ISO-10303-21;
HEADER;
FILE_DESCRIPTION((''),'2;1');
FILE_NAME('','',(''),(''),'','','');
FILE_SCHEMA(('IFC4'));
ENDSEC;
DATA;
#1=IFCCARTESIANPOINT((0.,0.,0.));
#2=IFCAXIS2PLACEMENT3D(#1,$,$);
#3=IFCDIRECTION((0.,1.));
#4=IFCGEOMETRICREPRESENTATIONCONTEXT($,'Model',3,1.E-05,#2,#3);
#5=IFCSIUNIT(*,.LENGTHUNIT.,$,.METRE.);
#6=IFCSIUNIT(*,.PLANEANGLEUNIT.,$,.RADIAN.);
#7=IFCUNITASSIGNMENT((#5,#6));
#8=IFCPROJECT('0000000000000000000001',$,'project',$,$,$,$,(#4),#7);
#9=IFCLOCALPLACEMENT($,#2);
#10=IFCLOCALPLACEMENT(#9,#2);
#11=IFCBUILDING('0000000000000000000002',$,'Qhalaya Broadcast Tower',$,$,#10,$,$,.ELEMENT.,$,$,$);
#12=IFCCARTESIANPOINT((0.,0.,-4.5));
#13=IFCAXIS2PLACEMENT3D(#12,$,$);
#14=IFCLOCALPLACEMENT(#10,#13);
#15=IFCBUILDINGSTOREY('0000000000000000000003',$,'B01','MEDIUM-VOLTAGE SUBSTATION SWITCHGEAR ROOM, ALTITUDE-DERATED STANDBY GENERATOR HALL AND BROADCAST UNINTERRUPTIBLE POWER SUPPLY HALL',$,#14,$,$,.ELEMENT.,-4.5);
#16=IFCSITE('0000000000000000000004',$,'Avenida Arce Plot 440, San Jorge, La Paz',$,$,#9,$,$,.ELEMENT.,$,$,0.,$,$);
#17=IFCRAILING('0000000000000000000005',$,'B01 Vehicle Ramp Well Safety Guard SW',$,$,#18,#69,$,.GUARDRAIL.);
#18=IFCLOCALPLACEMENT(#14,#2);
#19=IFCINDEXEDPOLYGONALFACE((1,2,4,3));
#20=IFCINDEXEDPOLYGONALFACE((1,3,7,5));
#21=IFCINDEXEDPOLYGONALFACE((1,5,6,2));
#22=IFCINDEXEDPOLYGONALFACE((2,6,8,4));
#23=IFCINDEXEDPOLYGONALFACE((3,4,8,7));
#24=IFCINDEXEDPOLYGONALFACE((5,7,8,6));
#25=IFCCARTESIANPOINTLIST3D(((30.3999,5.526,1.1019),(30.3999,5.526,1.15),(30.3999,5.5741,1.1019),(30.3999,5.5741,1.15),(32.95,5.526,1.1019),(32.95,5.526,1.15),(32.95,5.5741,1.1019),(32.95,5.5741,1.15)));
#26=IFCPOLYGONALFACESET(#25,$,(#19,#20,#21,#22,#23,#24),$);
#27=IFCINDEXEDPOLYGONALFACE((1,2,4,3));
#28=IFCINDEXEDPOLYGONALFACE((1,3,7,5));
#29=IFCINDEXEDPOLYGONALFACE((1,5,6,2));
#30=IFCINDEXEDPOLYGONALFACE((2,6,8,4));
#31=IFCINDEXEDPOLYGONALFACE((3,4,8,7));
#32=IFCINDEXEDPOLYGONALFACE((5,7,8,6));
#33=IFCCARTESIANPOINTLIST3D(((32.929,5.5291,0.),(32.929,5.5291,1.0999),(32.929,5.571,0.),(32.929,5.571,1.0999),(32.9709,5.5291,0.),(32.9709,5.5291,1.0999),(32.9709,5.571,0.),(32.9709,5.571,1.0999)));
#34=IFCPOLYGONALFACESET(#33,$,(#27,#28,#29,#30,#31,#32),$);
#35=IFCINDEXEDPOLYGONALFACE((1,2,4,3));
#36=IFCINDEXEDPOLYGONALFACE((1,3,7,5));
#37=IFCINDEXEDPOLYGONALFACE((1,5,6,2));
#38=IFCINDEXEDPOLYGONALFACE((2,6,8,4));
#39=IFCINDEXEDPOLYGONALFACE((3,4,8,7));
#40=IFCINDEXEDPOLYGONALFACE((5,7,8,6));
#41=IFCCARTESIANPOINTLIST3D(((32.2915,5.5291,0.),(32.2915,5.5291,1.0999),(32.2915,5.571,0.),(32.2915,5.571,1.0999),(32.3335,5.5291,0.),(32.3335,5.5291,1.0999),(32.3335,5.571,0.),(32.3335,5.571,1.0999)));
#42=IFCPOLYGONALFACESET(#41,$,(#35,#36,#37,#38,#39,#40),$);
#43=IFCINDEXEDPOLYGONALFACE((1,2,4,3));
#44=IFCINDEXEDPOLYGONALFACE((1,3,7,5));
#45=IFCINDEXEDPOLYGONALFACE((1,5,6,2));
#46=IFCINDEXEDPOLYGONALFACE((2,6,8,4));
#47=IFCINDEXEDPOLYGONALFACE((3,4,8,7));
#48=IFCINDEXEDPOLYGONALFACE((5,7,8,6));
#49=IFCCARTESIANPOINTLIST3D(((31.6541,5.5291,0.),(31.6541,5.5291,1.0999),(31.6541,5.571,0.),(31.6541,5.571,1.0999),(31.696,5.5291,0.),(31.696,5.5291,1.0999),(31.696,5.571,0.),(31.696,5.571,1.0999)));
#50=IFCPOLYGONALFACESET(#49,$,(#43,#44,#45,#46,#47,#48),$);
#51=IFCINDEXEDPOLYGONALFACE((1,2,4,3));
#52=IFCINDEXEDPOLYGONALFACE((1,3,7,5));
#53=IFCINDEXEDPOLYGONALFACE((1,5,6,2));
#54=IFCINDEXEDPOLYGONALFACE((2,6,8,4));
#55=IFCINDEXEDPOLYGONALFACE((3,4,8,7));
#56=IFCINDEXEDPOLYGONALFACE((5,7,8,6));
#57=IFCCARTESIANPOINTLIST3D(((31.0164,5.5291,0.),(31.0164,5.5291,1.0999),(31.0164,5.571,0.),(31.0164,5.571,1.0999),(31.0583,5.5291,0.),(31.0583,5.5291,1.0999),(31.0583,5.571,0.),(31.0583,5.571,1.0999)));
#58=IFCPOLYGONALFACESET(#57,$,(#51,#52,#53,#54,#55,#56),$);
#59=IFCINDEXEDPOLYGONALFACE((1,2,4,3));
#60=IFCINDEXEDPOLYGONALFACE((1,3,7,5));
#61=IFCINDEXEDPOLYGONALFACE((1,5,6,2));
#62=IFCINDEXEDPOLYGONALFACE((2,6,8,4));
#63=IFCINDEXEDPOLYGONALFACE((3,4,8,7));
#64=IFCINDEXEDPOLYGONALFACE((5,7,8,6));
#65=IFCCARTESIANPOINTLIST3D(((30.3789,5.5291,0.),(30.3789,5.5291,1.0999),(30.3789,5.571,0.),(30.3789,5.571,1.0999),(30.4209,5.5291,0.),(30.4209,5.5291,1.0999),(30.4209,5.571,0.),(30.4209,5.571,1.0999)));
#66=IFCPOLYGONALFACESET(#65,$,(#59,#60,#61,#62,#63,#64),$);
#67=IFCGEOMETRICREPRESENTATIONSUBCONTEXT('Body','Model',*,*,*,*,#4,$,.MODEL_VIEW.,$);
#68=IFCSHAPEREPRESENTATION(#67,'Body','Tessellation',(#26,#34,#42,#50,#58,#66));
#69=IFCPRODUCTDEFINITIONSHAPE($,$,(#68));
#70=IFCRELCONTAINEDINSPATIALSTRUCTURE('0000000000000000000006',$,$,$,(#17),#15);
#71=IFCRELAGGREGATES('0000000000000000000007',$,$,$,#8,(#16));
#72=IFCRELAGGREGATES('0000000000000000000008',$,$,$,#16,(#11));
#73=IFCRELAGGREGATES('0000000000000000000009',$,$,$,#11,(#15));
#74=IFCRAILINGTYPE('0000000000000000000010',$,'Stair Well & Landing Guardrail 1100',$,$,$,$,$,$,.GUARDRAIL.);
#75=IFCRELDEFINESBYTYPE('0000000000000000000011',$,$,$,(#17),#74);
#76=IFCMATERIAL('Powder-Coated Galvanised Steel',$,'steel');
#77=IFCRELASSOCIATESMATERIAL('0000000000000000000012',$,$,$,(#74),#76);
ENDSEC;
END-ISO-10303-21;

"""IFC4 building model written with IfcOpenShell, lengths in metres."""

from ifc_helpers import new_model, si_unit, direction, frame, origin, origin_2d, place, context, subcontext, project, spatial, rectangle, extrude, material, type_object, element, save


model = new_model("IFC4")

# Units and contexts
model_context = context("Model", 3, precision=1e-05, world=origin(), true_north=direction((0.0, 1.0)))
body_context = subcontext(model_context, "Body", "Model", "MODEL_VIEW")
ifc_project = project(units=[si_unit("LENGTHUNIT", "METRE"), si_unit("PLANEANGLEUNIT", "RADIAN")], contexts=[model_context])

# Site, building, storey
site_placement = place(None, origin())
site = spatial("IfcSite", under=ifc_project, at=site_placement, Name="Avenida Arce Plot 440, San Jorge, La Paz", CompositionType="ELEMENT", RefElevation=0.0)
building_placement = place(site_placement, origin())
building = spatial("IfcBuilding", under=site, at=building_placement, Name="Qhalaya Broadcast Tower", CompositionType="ELEMENT")
storey_placement = place(building_placement, frame((0.0, 0.0, -4.5)))
storey = spatial("IfcBuildingStorey", under=building, at=storey_placement, Name="B01", Description="MEDIUM-VOLTAGE SUBSTATION SWITCHGEAR ROOM, ALTITUDE-DERATED STANDBY GENERATOR HALL AND BROADCAST UNINTERRUPTIBLE POWER SUPPLY HALL", CompositionType="ELEMENT", Elevation=-4.5)

# Railing
ifc_material_1 = material(Name="Powder-Coated Galvanised Steel", Category="steel")
railing_type = type_object("IfcRailingType", Name="Stair Well & Landing Guardrail 1100", PredefinedType="GUARDRAIL", material=ifc_material_1)
railing_1_placement = place(storey_placement, frame((32.95, 5.55, 0.0)))
element("IfcRailing", 1, at=railing_1_placement, inside=storey, type_object=railing_type, Name="B01 Vehicle Ramp Well Safety Guard SW", PredefinedType="GUARDRAIL", context=body_context, shape_type="SweptSolid", body=[
    extrude(rectangle(XDim=0.0481, YDim=0.0481, at=origin_2d()), frame((0.0, 0.0, 1.126), z_axis=(-1.0, 0.0, 0.0), x_axis=(0.0, -1.0, 0.0)), (0.0, 0.0, 1.0), 2.55),
    extrude(rectangle(XDim=0.042, YDim=0.042, at=origin_2d()), origin(), (0.0, 0.0, 1.0), 1.0999),
    extrude(rectangle(XDim=0.042, YDim=0.042, at=origin_2d()), frame((-0.6375, 0.0, 0.0)), (0.0, 0.0, 1.0), 1.0999),
    extrude(rectangle(XDim=0.042, YDim=0.042, at=origin_2d()), frame((-1.2749, 0.0, 0.0)), (0.0, 0.0, 1.0), 1.0999),
    extrude(rectangle(XDim=0.042, YDim=0.042, at=origin_2d()), frame((-1.9126, 0.0, 0.0)), (0.0, 0.0, 1.0), 1.0999),
    extrude(rectangle(XDim=0.042, YDim=0.042, at=origin_2d()), frame((-2.55, 0.0, 0.0)), (0.0, 0.0, 1.0), 1.0999),
])

save(model, "model.ifc")
